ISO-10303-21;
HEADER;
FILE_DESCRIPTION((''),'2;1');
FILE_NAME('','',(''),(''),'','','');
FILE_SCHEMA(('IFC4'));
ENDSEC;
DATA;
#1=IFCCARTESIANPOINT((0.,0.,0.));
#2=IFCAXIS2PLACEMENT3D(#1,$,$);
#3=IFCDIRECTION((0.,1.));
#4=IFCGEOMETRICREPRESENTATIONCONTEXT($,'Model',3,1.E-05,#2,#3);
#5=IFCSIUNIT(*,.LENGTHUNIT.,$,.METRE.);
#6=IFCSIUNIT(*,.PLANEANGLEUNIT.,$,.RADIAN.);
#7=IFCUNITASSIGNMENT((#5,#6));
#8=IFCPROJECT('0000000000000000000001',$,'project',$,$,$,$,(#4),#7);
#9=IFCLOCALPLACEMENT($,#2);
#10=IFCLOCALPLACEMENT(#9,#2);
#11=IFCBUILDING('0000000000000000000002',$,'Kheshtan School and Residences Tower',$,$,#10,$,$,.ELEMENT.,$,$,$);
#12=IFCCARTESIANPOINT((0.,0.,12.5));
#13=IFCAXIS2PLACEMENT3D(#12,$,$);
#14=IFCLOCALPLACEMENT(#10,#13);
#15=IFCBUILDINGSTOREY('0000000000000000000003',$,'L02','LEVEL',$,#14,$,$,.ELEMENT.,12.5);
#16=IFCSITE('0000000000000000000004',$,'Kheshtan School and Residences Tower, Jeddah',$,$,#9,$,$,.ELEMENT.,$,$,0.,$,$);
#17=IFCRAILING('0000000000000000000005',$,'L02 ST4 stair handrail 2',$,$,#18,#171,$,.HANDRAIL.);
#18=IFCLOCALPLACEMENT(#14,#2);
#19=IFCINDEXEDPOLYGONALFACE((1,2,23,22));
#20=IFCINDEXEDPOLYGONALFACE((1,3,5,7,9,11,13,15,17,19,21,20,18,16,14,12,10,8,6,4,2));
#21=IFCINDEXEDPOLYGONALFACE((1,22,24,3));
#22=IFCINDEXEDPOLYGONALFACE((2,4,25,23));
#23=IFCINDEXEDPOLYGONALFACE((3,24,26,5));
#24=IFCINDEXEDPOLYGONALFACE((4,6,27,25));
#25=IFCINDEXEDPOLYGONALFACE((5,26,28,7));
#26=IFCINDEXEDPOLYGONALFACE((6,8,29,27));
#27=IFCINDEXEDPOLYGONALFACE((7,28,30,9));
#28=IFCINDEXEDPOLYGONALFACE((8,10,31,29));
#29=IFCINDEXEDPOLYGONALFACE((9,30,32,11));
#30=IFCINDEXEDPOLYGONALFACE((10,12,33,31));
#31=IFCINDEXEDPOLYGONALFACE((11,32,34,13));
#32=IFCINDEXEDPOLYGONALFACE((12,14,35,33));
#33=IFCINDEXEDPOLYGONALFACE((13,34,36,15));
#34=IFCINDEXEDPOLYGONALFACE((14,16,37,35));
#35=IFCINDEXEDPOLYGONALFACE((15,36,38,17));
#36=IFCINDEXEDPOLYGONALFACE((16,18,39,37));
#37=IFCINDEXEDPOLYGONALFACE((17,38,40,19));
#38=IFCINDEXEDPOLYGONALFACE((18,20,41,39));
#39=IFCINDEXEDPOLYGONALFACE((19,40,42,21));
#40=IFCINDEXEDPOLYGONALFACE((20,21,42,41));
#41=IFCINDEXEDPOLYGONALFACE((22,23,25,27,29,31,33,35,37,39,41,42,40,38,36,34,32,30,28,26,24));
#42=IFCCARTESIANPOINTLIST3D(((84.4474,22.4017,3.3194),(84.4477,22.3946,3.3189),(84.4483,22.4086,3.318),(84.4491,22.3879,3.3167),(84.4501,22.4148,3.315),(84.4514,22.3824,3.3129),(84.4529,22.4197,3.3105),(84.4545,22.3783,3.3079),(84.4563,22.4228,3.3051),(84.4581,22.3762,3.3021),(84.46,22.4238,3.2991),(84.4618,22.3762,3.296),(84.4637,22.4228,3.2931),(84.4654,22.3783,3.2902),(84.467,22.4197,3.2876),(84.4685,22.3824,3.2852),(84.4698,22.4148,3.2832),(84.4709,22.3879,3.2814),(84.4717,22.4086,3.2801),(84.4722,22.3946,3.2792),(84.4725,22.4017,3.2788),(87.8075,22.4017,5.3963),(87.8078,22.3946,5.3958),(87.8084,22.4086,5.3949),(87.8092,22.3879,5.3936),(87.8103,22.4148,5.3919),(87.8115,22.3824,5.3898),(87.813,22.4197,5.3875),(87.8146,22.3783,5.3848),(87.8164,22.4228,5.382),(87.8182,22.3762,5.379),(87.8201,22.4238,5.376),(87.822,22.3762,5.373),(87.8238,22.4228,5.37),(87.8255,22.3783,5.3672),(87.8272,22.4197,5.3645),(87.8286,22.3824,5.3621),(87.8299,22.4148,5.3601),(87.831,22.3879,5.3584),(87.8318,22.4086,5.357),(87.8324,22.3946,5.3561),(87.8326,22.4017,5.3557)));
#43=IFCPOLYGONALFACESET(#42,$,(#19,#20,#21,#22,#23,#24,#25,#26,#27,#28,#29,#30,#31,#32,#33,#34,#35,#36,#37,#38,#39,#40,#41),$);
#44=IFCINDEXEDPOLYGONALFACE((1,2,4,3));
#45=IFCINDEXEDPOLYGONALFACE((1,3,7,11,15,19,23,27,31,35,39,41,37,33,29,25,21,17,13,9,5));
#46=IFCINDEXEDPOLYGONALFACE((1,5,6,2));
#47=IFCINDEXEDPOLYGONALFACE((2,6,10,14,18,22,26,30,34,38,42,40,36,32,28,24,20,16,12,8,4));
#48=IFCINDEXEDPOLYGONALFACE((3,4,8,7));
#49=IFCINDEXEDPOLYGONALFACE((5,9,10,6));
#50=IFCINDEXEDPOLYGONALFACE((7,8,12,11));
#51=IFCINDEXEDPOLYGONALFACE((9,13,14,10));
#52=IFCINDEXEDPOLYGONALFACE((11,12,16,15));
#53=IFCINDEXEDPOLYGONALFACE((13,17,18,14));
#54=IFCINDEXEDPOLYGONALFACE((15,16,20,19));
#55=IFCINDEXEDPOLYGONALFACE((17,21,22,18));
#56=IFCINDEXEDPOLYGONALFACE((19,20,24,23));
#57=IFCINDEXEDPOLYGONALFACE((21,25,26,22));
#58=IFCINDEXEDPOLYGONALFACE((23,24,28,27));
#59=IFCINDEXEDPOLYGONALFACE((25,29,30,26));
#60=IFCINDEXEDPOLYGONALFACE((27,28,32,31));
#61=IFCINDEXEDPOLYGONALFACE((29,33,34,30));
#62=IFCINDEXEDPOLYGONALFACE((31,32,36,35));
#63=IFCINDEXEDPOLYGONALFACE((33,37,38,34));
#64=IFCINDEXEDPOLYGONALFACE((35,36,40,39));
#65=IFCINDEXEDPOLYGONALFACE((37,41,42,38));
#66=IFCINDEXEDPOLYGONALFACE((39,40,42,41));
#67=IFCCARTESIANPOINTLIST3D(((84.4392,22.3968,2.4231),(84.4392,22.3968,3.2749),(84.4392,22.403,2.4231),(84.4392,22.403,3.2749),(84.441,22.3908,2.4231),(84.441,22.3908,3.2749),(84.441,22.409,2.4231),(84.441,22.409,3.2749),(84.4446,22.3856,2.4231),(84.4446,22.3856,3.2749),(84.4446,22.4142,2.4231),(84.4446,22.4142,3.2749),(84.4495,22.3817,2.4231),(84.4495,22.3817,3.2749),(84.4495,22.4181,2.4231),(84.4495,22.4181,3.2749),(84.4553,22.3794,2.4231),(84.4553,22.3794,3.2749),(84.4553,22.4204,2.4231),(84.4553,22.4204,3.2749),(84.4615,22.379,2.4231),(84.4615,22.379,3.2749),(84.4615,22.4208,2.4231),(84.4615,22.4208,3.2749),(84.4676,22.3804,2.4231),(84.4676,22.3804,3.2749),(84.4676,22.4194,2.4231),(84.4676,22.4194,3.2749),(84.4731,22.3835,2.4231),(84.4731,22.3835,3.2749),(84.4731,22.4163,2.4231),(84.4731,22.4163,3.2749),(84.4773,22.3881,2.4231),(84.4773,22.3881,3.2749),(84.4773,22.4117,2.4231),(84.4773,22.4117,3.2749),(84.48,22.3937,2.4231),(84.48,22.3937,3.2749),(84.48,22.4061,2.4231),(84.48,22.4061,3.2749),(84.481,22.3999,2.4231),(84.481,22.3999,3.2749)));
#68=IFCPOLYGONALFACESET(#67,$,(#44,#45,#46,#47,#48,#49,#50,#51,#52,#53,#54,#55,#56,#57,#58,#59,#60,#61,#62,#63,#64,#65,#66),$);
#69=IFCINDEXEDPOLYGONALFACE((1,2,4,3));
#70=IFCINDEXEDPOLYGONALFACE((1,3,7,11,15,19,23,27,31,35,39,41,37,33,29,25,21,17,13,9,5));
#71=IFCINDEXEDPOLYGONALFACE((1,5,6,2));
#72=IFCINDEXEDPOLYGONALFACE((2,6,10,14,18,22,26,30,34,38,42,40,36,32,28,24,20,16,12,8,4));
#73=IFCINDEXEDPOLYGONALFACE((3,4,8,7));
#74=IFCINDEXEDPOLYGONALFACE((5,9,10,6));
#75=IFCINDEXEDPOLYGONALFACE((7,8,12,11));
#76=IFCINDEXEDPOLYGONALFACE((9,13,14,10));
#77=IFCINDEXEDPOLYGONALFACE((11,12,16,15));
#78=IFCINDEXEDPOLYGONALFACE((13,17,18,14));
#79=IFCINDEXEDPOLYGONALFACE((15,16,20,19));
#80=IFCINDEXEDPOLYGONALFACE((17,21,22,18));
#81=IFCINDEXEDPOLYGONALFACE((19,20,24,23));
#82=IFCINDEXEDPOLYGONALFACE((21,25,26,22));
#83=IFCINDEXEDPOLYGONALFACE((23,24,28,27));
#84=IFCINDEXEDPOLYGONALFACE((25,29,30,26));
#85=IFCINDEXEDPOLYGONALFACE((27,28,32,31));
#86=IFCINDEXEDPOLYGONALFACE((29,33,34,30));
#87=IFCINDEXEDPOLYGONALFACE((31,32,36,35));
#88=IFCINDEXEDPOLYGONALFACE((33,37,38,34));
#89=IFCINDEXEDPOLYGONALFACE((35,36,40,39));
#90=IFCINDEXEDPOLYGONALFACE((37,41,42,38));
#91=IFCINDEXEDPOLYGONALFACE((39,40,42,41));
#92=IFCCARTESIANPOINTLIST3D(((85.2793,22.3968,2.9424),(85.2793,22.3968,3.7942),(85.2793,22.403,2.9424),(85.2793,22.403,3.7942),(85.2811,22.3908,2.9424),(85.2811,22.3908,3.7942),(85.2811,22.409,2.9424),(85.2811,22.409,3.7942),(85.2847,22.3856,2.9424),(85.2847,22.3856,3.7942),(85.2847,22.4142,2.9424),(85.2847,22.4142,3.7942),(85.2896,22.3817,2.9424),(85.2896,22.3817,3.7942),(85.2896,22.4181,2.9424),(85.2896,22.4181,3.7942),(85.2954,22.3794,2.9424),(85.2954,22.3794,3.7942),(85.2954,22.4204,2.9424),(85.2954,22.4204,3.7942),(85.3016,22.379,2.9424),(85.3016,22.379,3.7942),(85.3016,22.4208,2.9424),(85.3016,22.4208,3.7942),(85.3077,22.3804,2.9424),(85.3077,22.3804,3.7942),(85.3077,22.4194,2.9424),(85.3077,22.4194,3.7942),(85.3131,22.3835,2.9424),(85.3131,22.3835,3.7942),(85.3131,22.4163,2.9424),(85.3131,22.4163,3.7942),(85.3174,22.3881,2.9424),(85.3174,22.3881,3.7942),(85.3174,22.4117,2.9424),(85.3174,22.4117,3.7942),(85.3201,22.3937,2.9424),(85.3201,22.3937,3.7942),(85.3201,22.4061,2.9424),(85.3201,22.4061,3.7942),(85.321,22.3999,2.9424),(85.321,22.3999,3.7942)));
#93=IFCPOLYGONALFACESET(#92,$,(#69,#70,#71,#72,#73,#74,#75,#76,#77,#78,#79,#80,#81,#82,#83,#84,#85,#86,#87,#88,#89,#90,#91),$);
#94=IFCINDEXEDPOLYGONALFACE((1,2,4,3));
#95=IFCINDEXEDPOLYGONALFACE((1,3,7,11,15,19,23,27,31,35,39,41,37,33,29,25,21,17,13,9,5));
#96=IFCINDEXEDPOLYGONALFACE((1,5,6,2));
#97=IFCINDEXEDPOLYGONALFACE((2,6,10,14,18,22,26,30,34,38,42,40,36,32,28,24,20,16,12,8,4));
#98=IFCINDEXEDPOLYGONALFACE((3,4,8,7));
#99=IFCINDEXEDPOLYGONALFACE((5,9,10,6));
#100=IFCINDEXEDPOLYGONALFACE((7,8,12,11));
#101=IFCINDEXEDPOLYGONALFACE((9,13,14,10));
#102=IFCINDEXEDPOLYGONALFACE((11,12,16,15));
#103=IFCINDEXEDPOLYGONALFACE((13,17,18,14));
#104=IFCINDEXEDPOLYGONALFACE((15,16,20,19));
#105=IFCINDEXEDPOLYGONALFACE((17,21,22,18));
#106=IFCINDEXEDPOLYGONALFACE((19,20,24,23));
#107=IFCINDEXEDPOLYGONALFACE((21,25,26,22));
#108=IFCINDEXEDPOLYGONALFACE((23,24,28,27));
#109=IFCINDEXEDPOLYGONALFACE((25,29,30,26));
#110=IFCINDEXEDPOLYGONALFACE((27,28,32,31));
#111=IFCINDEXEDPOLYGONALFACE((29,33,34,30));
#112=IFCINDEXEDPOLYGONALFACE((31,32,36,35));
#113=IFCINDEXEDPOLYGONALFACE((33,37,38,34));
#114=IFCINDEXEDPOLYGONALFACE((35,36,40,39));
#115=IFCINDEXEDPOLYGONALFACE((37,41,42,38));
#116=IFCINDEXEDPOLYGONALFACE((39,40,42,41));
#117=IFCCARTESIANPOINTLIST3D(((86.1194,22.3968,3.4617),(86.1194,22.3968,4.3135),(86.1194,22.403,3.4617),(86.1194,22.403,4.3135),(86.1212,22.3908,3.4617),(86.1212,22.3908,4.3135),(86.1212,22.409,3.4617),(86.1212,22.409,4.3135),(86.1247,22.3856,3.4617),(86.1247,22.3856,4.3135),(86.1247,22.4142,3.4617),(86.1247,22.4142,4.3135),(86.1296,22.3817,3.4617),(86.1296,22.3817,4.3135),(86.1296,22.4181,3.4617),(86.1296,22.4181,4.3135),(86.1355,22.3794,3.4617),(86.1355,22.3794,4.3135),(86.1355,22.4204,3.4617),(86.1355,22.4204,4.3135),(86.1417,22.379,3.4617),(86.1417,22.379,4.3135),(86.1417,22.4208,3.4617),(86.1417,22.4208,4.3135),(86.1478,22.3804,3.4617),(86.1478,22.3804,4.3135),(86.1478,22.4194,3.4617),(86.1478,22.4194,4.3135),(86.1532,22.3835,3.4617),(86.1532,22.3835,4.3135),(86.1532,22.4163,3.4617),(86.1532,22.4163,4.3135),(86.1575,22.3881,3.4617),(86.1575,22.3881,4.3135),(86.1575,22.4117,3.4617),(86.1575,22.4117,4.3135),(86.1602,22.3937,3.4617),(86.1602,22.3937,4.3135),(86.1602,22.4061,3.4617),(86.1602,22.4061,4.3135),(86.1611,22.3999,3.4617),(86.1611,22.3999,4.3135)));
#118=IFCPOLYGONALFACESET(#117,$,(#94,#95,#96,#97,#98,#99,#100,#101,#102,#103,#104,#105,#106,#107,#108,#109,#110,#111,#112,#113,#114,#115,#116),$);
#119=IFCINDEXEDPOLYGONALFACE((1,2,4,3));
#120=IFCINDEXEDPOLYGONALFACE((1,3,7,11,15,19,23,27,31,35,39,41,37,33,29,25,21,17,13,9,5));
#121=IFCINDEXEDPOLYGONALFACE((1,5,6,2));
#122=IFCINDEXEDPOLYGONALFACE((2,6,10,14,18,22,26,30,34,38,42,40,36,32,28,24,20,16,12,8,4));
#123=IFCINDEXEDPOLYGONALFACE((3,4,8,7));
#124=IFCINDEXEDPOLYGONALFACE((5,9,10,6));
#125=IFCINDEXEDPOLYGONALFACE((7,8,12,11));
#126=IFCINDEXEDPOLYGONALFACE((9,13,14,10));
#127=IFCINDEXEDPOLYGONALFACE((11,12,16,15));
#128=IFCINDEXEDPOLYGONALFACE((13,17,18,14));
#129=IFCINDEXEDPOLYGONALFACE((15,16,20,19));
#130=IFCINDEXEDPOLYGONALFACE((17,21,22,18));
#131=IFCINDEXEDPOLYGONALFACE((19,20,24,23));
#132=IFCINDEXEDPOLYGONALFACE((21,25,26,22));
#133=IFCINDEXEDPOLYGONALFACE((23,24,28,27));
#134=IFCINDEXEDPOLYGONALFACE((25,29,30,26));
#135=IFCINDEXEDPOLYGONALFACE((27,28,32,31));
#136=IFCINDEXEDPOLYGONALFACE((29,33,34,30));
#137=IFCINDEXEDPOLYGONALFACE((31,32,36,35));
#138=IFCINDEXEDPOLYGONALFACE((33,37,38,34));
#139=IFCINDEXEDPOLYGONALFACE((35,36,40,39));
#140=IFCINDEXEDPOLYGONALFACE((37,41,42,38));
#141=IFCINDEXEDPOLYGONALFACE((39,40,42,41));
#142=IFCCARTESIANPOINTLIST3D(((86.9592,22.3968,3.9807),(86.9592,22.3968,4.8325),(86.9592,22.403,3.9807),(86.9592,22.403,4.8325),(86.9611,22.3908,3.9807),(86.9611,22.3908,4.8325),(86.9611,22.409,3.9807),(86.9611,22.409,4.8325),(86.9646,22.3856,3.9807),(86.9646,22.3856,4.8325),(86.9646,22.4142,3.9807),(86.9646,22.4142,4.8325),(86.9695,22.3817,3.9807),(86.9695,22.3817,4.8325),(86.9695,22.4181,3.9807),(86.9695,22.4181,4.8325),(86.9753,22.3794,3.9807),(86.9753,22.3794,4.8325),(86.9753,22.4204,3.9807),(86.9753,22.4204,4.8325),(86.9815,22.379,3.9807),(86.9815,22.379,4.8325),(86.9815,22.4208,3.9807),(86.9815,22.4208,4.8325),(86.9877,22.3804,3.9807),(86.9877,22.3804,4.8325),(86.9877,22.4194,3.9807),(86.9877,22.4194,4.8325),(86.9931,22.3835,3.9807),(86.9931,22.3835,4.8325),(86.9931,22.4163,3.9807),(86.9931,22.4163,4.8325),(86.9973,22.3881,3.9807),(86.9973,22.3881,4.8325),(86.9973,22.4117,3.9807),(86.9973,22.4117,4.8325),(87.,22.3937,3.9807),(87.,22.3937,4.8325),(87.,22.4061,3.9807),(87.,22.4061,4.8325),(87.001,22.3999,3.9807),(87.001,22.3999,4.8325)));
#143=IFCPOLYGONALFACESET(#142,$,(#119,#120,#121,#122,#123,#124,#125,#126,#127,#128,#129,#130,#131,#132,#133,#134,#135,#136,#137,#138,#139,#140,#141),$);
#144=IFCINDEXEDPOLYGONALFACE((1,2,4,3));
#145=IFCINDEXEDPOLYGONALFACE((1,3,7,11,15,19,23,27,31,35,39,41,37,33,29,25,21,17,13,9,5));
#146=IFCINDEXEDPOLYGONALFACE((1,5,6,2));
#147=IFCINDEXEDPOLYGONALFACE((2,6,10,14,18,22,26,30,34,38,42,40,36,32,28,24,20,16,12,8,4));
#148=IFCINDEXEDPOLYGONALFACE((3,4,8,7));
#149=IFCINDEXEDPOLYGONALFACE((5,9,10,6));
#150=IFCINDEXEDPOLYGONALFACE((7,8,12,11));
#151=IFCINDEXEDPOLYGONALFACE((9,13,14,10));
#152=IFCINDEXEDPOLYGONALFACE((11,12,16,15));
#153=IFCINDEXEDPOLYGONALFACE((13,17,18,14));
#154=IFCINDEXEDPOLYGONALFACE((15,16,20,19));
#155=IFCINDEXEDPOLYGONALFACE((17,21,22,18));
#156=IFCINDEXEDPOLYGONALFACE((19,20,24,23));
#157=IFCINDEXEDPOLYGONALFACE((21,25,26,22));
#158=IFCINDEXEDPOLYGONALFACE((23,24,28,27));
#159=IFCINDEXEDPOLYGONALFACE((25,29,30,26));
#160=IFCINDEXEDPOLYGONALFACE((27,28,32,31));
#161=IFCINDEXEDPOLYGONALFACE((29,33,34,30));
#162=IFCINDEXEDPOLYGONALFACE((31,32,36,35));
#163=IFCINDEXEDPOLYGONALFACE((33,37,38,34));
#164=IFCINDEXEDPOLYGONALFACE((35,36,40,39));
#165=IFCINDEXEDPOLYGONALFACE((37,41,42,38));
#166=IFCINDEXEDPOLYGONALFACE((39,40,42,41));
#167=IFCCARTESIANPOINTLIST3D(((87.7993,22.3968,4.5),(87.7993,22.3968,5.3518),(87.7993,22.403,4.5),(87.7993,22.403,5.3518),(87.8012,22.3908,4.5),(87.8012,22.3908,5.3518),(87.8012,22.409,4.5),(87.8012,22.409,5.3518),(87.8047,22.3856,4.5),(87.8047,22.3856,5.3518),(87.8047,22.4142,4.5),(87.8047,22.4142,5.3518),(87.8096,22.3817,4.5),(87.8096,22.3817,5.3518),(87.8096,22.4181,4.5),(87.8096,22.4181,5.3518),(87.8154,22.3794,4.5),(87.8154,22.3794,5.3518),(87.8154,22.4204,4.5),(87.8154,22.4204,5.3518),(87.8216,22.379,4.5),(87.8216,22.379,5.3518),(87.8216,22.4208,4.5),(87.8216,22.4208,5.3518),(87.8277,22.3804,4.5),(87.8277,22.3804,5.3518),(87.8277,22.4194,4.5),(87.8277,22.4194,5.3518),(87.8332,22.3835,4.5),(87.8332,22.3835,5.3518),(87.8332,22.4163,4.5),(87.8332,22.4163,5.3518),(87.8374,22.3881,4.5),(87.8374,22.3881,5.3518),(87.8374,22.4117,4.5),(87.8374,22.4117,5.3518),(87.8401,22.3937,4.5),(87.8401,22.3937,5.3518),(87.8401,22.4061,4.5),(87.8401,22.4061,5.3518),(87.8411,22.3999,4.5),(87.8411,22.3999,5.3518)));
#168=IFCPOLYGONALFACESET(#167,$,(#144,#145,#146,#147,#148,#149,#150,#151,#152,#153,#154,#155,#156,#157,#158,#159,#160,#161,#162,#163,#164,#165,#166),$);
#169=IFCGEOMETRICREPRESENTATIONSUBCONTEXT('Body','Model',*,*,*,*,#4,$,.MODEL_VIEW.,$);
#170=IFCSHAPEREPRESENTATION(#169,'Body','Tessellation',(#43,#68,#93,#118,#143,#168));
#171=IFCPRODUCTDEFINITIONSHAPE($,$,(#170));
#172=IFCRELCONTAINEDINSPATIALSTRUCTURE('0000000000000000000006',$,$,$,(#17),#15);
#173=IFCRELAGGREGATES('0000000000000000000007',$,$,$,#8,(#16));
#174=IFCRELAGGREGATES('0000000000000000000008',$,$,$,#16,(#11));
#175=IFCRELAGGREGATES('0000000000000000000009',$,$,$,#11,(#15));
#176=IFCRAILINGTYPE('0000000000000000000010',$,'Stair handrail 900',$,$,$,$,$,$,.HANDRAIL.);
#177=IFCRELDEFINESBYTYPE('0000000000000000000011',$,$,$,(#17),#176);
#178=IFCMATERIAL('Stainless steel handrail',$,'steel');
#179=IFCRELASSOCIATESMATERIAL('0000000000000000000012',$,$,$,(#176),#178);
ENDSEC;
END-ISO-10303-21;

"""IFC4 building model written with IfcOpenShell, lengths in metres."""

from ifc_helpers import new_model, si_unit, direction, frame, origin, origin_2d, place, context, subcontext, project, spatial, circle, extrude, material, type_object, element, save


model = new_model("IFC4")

# Units and contexts
model_context = context("Model", 3, precision=1e-05, world=origin(), true_north=direction((0.0, 1.0)))
body_context = subcontext(model_context, "Body", "Model", "MODEL_VIEW")
ifc_project = project(units=[si_unit("LENGTHUNIT", "METRE"), si_unit("PLANEANGLEUNIT", "RADIAN")], contexts=[model_context])

# Site, building, storey
site_placement = place(None, origin())
site = spatial("IfcSite", under=ifc_project, at=site_placement, Name="Kheshtan School and Residences Tower, Jeddah", CompositionType="ELEMENT", RefElevation=0.0)
building_placement = place(site_placement, origin())
building = spatial("IfcBuilding", under=site, at=building_placement, Name="Kheshtan School and Residences Tower", CompositionType="ELEMENT")
storey_placement = place(building_placement, frame((0.0, 0.0, 12.5)))
storey = spatial("IfcBuildingStorey", under=building, at=storey_placement, Name="L02", Description="LEVEL", CompositionType="ELEMENT", Elevation=12.5)

# Railing
ifc_material_1 = material(Name="Stainless steel handrail", Category="steel")
railing_type = type_object("IfcRailingType", Name="Stair handrail 900", PredefinedType="HANDRAIL", material=ifc_material_1)
railing_1_placement = place(storey_placement, frame((84.46, 22.3999, 2.4231)))
element("IfcRailing", 1, at=railing_1_placement, inside=storey, type_object=railing_type, Name="L02 ST4 stair handrail 2", PredefinedType="HANDRAIL", context=body_context, shape_type="SweptSolid", body=[
    extrude(circle(Radius=0.0239, at=origin_2d()), frame((0.0, 0.0, 0.876), z_axis=(0.850623, 0.0, 0.525776), x_axis=(0.0, 1.0, 0.0)), (0.0, 0.0, 1.0), 3.9502),
    extrude(circle(Radius=0.021, at=origin_2d()), origin(), (0.0, 0.0, 1.0), 0.8518),
    extrude(circle(Radius=0.021, at=origin_2d()), frame((0.8401, 0.0, 0.5193)), (0.0, 0.0, 1.0), 0.8518),
    extrude(circle(Radius=0.021, at=origin_2d()), frame((1.6802, 0.0, 1.0386)), (0.0, 0.0, 1.0), 0.8518),
    extrude(circle(Radius=0.021, at=origin_2d()), frame((2.52, 0.0, 1.5576)), (0.0, 0.0, 1.0), 0.8518),
    extrude(circle(Radius=0.021, at=origin_2d()), frame((3.3601, 0.0, 2.0769)), (0.0, 0.0, 1.0), 0.8518),
])

save(model, "model.ifc")
